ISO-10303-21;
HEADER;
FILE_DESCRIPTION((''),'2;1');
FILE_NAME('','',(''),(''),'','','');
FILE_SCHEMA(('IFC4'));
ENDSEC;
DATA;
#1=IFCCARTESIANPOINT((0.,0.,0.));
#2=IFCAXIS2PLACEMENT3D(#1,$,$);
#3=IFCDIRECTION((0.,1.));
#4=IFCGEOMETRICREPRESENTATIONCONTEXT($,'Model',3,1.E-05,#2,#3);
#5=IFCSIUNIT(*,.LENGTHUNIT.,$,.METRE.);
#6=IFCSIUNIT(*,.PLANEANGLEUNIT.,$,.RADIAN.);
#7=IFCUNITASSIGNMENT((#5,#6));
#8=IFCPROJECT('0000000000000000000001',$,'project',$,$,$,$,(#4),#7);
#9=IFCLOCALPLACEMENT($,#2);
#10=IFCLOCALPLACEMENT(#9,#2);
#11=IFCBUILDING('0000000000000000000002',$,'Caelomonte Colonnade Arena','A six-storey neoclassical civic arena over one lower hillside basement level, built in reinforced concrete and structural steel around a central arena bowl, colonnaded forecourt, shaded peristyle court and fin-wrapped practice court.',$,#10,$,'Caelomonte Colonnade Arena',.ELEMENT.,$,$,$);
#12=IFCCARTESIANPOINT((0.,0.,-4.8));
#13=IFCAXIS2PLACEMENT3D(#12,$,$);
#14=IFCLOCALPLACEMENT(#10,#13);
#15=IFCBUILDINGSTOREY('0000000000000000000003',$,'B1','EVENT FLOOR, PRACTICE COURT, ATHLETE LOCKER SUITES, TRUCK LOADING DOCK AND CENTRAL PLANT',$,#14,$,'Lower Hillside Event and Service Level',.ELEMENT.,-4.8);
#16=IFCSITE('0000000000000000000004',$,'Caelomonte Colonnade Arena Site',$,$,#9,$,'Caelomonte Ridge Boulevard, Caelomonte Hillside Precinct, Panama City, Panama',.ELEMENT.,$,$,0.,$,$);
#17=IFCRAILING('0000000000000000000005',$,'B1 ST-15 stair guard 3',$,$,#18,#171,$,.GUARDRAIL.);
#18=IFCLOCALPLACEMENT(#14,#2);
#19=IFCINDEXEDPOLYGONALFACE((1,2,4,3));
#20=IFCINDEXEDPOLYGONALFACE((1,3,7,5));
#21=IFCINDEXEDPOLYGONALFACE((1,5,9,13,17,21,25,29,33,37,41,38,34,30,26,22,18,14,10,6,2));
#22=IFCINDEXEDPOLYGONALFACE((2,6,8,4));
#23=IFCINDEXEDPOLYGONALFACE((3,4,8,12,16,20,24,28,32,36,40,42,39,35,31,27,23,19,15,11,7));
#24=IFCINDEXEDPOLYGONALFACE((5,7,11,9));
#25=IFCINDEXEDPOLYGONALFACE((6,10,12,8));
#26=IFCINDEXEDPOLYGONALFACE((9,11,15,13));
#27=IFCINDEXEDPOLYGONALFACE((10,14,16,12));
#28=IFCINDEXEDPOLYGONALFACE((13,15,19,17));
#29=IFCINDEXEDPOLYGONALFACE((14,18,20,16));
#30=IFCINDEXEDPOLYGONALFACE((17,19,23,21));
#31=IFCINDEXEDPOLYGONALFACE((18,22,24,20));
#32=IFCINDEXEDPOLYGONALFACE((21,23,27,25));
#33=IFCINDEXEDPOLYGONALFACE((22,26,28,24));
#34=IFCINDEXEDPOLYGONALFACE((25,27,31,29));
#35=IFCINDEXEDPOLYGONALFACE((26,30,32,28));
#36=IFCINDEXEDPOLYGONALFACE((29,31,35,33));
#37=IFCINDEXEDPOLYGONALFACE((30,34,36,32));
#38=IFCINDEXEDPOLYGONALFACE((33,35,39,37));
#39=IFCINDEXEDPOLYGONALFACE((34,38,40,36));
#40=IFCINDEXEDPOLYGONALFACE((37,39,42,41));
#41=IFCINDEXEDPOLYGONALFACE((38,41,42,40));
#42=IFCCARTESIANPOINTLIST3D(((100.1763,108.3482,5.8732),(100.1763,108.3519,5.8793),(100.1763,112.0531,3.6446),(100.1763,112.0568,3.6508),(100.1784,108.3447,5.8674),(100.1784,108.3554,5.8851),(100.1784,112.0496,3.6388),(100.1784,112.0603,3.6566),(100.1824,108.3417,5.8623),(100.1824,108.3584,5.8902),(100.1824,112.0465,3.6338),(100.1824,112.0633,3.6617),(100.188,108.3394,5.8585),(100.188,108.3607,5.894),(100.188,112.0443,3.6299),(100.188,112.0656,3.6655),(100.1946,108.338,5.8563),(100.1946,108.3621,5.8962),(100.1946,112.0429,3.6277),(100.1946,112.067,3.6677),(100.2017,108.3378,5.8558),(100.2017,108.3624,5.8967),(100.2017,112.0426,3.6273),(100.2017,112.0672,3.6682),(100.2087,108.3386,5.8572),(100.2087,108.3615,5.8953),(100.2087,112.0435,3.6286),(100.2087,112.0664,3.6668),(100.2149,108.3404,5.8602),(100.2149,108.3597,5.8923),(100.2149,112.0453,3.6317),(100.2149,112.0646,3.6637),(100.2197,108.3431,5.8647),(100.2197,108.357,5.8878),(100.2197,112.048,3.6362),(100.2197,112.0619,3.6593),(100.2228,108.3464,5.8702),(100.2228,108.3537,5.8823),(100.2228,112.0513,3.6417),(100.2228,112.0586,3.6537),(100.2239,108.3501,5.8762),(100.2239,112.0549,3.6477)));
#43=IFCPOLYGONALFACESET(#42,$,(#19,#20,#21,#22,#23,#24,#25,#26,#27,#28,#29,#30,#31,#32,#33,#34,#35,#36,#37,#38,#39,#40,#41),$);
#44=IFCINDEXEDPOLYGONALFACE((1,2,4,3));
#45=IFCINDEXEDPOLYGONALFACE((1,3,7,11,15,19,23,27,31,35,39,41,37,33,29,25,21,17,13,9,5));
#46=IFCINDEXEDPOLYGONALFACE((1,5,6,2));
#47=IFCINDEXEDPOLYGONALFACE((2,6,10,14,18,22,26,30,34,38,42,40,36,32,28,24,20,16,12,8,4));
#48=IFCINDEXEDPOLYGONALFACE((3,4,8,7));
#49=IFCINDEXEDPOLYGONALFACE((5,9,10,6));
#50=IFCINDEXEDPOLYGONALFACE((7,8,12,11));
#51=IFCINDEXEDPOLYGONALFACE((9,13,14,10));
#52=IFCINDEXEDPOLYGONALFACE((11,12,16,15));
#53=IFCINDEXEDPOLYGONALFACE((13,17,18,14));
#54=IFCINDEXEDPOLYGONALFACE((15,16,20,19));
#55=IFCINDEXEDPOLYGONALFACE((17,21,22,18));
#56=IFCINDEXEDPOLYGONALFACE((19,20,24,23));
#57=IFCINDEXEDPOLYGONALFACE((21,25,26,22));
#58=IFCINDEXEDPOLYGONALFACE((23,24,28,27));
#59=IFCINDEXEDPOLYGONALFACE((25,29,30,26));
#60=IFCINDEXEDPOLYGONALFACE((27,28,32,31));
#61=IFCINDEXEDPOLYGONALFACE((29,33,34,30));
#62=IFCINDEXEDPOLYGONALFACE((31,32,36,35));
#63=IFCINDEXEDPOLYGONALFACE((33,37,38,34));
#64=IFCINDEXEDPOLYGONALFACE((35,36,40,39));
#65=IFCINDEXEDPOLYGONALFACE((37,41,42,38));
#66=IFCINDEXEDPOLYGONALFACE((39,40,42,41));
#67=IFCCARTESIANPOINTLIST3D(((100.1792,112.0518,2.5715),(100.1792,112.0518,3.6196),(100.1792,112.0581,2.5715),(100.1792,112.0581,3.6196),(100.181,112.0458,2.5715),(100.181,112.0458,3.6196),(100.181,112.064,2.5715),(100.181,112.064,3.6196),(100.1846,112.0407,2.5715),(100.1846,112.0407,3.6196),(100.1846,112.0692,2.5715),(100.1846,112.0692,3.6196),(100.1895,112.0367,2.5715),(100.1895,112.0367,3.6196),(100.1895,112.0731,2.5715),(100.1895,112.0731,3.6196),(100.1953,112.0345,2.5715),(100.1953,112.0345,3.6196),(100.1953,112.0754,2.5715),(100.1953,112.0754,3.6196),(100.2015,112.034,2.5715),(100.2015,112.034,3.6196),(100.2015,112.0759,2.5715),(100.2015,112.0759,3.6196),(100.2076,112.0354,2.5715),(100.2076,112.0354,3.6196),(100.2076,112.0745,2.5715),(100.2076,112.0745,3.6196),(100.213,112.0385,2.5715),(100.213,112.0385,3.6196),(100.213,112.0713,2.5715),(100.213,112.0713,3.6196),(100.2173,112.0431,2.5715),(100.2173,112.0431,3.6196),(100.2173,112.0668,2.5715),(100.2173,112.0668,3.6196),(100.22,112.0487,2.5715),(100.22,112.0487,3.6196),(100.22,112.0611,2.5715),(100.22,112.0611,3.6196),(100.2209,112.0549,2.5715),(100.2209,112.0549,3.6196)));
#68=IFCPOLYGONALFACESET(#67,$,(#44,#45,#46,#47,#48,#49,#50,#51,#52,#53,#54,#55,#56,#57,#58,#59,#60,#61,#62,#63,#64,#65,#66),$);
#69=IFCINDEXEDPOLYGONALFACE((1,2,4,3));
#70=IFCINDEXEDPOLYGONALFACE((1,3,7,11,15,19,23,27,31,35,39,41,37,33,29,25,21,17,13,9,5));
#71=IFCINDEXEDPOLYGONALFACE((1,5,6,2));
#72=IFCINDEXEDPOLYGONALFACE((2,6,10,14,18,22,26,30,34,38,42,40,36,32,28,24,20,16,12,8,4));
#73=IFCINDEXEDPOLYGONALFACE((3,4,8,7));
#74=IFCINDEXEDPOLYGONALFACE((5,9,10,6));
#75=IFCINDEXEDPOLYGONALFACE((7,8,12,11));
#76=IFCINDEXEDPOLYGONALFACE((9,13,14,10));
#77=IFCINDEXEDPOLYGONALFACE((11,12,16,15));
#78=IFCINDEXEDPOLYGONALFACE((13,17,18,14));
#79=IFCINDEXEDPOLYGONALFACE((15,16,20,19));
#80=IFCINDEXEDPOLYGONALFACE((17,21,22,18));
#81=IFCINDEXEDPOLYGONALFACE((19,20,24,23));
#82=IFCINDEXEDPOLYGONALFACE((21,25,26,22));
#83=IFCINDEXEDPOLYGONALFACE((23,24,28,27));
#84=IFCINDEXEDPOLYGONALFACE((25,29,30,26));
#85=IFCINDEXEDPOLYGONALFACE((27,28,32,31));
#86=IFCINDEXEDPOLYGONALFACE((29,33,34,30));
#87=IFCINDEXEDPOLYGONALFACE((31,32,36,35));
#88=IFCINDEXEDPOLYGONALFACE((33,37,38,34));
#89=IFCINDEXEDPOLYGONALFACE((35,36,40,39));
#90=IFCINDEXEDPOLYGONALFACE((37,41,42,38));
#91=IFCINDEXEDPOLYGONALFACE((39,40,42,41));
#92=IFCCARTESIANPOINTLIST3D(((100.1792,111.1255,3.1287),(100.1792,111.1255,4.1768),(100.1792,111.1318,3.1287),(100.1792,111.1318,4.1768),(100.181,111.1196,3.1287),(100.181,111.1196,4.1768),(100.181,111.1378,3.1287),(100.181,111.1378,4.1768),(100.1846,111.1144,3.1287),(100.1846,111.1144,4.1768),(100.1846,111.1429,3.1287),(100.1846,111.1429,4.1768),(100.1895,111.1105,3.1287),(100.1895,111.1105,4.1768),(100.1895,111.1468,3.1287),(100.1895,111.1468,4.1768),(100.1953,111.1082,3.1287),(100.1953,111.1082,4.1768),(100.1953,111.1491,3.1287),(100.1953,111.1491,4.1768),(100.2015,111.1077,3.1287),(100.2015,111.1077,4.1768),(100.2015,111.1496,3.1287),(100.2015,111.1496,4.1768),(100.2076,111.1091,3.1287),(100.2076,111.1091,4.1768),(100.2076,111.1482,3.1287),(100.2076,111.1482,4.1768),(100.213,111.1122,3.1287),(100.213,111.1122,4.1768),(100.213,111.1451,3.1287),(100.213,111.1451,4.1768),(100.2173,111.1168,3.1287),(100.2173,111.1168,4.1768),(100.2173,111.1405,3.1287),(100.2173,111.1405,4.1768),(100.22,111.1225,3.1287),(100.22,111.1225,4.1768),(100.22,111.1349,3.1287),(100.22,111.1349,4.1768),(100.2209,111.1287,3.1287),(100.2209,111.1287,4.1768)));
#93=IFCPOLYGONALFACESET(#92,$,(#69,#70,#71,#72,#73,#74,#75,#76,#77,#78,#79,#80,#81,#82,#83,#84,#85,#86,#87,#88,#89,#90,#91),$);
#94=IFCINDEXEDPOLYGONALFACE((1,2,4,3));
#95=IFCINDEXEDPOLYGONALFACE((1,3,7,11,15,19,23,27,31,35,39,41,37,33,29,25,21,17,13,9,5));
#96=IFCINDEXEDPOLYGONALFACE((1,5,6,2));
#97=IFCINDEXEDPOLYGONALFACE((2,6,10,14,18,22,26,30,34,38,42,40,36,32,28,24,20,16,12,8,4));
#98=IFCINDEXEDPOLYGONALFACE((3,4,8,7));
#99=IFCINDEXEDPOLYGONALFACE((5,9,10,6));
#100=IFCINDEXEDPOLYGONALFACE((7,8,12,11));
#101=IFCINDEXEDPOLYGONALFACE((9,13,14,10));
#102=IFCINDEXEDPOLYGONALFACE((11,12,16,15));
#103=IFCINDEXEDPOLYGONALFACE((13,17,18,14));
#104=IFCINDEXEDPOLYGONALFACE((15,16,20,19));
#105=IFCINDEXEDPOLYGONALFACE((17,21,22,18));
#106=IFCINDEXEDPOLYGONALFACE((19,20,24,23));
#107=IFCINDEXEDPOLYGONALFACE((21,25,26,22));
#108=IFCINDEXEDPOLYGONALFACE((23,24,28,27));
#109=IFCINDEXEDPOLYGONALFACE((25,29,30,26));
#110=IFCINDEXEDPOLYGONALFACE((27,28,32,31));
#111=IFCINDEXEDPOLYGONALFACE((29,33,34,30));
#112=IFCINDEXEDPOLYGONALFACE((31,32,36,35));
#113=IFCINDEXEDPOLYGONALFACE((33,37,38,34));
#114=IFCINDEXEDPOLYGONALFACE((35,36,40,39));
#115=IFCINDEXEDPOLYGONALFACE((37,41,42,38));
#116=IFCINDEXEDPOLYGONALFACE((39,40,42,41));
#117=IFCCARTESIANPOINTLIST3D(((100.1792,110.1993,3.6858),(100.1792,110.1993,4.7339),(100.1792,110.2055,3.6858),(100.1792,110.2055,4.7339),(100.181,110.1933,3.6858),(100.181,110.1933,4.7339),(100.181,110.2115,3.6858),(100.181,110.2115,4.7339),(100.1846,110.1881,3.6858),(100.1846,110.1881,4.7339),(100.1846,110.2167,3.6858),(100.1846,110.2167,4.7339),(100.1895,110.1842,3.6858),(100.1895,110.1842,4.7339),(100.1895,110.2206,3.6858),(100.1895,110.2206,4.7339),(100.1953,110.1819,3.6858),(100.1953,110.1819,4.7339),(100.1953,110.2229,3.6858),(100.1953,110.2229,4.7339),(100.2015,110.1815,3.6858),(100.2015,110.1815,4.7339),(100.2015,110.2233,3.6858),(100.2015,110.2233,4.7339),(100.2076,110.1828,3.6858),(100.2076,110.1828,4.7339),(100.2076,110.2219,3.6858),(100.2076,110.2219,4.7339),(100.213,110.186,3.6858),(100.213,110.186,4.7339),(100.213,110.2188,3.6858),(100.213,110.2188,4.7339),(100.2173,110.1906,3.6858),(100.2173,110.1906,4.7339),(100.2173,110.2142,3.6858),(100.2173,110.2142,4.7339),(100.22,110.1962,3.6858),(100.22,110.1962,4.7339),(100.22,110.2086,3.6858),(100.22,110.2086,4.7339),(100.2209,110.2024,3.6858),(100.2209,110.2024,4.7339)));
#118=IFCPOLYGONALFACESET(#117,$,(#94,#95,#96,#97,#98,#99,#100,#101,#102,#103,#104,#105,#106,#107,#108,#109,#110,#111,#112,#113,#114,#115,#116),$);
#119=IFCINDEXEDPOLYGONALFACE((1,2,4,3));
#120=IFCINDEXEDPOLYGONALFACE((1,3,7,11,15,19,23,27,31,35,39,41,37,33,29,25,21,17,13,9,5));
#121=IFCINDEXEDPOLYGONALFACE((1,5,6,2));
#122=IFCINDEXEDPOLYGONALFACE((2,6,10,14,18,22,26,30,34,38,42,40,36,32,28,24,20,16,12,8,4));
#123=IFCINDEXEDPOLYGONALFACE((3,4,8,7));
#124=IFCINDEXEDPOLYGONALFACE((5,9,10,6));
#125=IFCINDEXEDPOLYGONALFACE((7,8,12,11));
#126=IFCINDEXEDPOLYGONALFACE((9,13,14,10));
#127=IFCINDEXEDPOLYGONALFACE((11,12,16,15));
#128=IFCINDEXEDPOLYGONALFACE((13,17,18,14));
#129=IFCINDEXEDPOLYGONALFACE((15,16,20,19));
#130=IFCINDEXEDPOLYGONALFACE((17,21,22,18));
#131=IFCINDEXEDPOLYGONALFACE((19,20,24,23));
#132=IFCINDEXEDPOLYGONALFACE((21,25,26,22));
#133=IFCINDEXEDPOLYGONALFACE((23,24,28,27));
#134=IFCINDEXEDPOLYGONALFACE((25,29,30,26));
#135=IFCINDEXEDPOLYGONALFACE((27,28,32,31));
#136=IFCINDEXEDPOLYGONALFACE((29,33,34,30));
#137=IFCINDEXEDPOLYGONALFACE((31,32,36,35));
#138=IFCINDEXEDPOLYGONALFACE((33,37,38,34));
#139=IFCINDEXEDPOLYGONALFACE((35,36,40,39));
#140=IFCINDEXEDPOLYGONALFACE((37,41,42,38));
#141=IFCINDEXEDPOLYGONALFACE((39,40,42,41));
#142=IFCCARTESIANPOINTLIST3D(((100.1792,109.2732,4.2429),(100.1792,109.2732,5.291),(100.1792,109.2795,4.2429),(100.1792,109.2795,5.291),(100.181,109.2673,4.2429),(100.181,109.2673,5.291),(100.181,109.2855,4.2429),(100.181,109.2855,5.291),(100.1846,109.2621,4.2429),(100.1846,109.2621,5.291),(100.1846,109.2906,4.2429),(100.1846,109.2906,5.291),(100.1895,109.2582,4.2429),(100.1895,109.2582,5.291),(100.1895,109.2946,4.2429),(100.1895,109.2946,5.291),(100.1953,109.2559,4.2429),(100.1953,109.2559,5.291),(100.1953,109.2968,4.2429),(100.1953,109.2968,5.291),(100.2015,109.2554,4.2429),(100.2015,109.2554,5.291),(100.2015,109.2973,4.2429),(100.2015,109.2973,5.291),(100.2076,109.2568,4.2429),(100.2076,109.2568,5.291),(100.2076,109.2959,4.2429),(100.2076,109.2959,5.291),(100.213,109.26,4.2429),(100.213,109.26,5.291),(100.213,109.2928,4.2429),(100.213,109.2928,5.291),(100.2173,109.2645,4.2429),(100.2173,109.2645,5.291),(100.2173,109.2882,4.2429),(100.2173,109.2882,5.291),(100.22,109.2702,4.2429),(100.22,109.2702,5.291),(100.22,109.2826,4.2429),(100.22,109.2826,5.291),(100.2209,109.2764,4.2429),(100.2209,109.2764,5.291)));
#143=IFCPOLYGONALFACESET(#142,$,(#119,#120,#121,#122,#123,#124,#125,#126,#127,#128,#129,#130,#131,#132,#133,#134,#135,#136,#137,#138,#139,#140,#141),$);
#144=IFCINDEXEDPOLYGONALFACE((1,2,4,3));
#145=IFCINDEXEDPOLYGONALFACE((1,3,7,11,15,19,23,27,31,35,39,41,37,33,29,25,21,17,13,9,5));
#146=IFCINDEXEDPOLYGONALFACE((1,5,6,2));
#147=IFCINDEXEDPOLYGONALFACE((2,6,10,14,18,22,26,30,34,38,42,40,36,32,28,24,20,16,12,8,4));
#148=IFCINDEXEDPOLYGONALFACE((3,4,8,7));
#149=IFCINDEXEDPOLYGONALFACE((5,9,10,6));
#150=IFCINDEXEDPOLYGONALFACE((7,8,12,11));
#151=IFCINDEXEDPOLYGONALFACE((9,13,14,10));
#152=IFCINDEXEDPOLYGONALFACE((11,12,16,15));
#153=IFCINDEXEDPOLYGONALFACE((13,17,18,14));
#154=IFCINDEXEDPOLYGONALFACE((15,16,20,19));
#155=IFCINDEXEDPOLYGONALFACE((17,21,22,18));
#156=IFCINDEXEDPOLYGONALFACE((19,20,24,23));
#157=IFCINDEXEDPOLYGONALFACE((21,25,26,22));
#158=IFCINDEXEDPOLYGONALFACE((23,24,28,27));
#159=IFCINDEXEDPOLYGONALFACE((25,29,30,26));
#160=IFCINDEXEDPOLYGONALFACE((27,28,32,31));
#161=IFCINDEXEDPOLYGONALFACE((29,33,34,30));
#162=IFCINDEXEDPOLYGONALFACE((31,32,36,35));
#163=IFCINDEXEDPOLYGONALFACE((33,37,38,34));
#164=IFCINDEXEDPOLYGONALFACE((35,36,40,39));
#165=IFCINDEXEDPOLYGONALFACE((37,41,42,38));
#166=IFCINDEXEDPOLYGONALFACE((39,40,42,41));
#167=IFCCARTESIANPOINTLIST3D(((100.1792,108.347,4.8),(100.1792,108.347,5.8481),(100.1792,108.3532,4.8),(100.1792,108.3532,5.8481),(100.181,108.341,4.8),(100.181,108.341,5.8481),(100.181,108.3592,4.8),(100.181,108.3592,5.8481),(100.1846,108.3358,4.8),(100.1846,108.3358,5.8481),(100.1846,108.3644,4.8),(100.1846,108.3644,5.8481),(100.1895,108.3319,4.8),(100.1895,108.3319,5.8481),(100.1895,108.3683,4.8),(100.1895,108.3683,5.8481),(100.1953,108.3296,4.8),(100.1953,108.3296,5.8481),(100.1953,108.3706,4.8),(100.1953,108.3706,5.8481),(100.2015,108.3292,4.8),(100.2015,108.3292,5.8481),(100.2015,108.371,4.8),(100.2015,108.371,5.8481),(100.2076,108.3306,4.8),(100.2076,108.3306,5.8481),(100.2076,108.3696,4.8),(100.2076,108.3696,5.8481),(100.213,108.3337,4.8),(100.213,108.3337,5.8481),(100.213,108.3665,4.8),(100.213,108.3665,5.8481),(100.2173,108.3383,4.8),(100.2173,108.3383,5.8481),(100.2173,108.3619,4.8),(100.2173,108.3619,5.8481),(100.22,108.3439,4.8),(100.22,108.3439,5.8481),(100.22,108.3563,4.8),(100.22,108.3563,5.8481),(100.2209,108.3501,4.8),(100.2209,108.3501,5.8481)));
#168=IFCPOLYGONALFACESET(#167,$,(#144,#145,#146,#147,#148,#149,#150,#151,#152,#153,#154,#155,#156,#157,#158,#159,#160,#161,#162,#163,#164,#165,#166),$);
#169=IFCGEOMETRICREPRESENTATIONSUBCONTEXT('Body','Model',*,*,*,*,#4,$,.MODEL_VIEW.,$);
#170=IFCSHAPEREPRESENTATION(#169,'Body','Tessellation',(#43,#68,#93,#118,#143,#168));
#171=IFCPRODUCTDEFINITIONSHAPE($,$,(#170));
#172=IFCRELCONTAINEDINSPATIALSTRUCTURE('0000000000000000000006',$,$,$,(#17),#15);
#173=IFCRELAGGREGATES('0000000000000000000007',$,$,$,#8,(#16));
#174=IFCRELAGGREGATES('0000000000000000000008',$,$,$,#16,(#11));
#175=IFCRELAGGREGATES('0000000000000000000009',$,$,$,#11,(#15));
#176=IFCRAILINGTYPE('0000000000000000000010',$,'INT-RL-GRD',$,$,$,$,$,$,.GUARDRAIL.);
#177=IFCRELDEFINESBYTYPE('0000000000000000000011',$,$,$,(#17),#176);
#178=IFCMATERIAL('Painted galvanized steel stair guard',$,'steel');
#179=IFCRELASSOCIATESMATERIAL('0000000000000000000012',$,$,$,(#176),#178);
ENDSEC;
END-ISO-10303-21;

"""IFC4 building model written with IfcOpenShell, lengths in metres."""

from ifc_helpers import new_model, si_unit, direction, frame, origin, origin_2d, place, context, subcontext, project, spatial, circle, extrude, material, type_object, element, save


model = new_model("IFC4")

# Units and contexts
model_context = context("Model", 3, precision=1e-05, world=origin(), true_north=direction((0.0, 1.0)))
body_context = subcontext(model_context, "Body", "Model", "MODEL_VIEW")
ifc_project = project(units=[si_unit("LENGTHUNIT", "METRE"), si_unit("PLANEANGLEUNIT", "RADIAN")], contexts=[model_context])

# Site, building, storey
site_placement = place(None, origin())
site = spatial("IfcSite", under=ifc_project, at=site_placement, Name="Caelomonte Colonnade Arena Site", LongName="Caelomonte Ridge Boulevard, Caelomonte Hillside Precinct, Panama City, Panama", CompositionType="ELEMENT", RefElevation=0.0)
building_placement = place(site_placement, origin())
building = spatial("IfcBuilding", under=site, at=building_placement, Name="Caelomonte Colonnade Arena", Description="A six-storey neoclassical civic arena over one lower hillside basement level, built in reinforced concrete and structural steel around a central arena bowl, colonnaded forecourt, shaded peristyle court and fin-wrapped practice court.", LongName="Caelomonte Colonnade Arena", CompositionType="ELEMENT")
storey_placement = place(building_placement, frame((0.0, 0.0, -4.8)))
storey = spatial("IfcBuildingStorey", under=building, at=storey_placement, Name="B1", Description="EVENT FLOOR, PRACTICE COURT, ATHLETE LOCKER SUITES, TRUCK LOADING DOCK AND CENTRAL PLANT", LongName="Lower Hillside Event and Service Level", CompositionType="ELEMENT", Elevation=-4.8)

# Railing
ifc_material_1 = material(Name="Painted galvanized steel stair guard", Category="steel")
railing_type_1 = type_object("IfcRailingType", Name="INT-RL-GRD", PredefinedType="GUARDRAIL", material=ifc_material_1)
railing_1_placement = place(storey_placement, frame((100.2, 112.0549, 2.5715)))
element("IfcRailing", 1, at=railing_1_placement, inside=storey, type_object=railing_type_1, Name="B1 ST-15 stair guard 3", PredefinedType="GUARDRAIL", context=body_context, shape_type="SweptSolid", body=[
    extrude(circle(Radius=0.0239, at=origin_2d()), frame((0.0, 0.0, 1.0762), z_axis=(0.0, -0.856919, 0.51545), x_axis=(1.0, 0.0, 0.0)), (0.0, 0.0, 1.0), 4.3235),
    extrude(circle(Radius=0.021, at=origin_2d()), origin(), (0.0, 0.0, 1.0), 1.0481),
    extrude(circle(Radius=0.021, at=origin_2d()), frame((0.0, -0.9263, 0.5571)), (0.0, 0.0, 1.0), 1.0481),
    extrude(circle(Radius=0.021, at=origin_2d()), frame((0.0, -1.8525, 1.1143)), (0.0, 0.0, 1.0), 1.0481),
    extrude(circle(Radius=0.021, at=origin_2d()), frame((0.0, -2.7786, 1.6714)), (0.0, 0.0, 1.0), 1.0481),
    extrude(circle(Radius=0.021, at=origin_2d()), frame((0.0, -3.7048, 2.2285)), (0.0, 0.0, 1.0), 1.0481),
])

save(model, "model.ifc")
